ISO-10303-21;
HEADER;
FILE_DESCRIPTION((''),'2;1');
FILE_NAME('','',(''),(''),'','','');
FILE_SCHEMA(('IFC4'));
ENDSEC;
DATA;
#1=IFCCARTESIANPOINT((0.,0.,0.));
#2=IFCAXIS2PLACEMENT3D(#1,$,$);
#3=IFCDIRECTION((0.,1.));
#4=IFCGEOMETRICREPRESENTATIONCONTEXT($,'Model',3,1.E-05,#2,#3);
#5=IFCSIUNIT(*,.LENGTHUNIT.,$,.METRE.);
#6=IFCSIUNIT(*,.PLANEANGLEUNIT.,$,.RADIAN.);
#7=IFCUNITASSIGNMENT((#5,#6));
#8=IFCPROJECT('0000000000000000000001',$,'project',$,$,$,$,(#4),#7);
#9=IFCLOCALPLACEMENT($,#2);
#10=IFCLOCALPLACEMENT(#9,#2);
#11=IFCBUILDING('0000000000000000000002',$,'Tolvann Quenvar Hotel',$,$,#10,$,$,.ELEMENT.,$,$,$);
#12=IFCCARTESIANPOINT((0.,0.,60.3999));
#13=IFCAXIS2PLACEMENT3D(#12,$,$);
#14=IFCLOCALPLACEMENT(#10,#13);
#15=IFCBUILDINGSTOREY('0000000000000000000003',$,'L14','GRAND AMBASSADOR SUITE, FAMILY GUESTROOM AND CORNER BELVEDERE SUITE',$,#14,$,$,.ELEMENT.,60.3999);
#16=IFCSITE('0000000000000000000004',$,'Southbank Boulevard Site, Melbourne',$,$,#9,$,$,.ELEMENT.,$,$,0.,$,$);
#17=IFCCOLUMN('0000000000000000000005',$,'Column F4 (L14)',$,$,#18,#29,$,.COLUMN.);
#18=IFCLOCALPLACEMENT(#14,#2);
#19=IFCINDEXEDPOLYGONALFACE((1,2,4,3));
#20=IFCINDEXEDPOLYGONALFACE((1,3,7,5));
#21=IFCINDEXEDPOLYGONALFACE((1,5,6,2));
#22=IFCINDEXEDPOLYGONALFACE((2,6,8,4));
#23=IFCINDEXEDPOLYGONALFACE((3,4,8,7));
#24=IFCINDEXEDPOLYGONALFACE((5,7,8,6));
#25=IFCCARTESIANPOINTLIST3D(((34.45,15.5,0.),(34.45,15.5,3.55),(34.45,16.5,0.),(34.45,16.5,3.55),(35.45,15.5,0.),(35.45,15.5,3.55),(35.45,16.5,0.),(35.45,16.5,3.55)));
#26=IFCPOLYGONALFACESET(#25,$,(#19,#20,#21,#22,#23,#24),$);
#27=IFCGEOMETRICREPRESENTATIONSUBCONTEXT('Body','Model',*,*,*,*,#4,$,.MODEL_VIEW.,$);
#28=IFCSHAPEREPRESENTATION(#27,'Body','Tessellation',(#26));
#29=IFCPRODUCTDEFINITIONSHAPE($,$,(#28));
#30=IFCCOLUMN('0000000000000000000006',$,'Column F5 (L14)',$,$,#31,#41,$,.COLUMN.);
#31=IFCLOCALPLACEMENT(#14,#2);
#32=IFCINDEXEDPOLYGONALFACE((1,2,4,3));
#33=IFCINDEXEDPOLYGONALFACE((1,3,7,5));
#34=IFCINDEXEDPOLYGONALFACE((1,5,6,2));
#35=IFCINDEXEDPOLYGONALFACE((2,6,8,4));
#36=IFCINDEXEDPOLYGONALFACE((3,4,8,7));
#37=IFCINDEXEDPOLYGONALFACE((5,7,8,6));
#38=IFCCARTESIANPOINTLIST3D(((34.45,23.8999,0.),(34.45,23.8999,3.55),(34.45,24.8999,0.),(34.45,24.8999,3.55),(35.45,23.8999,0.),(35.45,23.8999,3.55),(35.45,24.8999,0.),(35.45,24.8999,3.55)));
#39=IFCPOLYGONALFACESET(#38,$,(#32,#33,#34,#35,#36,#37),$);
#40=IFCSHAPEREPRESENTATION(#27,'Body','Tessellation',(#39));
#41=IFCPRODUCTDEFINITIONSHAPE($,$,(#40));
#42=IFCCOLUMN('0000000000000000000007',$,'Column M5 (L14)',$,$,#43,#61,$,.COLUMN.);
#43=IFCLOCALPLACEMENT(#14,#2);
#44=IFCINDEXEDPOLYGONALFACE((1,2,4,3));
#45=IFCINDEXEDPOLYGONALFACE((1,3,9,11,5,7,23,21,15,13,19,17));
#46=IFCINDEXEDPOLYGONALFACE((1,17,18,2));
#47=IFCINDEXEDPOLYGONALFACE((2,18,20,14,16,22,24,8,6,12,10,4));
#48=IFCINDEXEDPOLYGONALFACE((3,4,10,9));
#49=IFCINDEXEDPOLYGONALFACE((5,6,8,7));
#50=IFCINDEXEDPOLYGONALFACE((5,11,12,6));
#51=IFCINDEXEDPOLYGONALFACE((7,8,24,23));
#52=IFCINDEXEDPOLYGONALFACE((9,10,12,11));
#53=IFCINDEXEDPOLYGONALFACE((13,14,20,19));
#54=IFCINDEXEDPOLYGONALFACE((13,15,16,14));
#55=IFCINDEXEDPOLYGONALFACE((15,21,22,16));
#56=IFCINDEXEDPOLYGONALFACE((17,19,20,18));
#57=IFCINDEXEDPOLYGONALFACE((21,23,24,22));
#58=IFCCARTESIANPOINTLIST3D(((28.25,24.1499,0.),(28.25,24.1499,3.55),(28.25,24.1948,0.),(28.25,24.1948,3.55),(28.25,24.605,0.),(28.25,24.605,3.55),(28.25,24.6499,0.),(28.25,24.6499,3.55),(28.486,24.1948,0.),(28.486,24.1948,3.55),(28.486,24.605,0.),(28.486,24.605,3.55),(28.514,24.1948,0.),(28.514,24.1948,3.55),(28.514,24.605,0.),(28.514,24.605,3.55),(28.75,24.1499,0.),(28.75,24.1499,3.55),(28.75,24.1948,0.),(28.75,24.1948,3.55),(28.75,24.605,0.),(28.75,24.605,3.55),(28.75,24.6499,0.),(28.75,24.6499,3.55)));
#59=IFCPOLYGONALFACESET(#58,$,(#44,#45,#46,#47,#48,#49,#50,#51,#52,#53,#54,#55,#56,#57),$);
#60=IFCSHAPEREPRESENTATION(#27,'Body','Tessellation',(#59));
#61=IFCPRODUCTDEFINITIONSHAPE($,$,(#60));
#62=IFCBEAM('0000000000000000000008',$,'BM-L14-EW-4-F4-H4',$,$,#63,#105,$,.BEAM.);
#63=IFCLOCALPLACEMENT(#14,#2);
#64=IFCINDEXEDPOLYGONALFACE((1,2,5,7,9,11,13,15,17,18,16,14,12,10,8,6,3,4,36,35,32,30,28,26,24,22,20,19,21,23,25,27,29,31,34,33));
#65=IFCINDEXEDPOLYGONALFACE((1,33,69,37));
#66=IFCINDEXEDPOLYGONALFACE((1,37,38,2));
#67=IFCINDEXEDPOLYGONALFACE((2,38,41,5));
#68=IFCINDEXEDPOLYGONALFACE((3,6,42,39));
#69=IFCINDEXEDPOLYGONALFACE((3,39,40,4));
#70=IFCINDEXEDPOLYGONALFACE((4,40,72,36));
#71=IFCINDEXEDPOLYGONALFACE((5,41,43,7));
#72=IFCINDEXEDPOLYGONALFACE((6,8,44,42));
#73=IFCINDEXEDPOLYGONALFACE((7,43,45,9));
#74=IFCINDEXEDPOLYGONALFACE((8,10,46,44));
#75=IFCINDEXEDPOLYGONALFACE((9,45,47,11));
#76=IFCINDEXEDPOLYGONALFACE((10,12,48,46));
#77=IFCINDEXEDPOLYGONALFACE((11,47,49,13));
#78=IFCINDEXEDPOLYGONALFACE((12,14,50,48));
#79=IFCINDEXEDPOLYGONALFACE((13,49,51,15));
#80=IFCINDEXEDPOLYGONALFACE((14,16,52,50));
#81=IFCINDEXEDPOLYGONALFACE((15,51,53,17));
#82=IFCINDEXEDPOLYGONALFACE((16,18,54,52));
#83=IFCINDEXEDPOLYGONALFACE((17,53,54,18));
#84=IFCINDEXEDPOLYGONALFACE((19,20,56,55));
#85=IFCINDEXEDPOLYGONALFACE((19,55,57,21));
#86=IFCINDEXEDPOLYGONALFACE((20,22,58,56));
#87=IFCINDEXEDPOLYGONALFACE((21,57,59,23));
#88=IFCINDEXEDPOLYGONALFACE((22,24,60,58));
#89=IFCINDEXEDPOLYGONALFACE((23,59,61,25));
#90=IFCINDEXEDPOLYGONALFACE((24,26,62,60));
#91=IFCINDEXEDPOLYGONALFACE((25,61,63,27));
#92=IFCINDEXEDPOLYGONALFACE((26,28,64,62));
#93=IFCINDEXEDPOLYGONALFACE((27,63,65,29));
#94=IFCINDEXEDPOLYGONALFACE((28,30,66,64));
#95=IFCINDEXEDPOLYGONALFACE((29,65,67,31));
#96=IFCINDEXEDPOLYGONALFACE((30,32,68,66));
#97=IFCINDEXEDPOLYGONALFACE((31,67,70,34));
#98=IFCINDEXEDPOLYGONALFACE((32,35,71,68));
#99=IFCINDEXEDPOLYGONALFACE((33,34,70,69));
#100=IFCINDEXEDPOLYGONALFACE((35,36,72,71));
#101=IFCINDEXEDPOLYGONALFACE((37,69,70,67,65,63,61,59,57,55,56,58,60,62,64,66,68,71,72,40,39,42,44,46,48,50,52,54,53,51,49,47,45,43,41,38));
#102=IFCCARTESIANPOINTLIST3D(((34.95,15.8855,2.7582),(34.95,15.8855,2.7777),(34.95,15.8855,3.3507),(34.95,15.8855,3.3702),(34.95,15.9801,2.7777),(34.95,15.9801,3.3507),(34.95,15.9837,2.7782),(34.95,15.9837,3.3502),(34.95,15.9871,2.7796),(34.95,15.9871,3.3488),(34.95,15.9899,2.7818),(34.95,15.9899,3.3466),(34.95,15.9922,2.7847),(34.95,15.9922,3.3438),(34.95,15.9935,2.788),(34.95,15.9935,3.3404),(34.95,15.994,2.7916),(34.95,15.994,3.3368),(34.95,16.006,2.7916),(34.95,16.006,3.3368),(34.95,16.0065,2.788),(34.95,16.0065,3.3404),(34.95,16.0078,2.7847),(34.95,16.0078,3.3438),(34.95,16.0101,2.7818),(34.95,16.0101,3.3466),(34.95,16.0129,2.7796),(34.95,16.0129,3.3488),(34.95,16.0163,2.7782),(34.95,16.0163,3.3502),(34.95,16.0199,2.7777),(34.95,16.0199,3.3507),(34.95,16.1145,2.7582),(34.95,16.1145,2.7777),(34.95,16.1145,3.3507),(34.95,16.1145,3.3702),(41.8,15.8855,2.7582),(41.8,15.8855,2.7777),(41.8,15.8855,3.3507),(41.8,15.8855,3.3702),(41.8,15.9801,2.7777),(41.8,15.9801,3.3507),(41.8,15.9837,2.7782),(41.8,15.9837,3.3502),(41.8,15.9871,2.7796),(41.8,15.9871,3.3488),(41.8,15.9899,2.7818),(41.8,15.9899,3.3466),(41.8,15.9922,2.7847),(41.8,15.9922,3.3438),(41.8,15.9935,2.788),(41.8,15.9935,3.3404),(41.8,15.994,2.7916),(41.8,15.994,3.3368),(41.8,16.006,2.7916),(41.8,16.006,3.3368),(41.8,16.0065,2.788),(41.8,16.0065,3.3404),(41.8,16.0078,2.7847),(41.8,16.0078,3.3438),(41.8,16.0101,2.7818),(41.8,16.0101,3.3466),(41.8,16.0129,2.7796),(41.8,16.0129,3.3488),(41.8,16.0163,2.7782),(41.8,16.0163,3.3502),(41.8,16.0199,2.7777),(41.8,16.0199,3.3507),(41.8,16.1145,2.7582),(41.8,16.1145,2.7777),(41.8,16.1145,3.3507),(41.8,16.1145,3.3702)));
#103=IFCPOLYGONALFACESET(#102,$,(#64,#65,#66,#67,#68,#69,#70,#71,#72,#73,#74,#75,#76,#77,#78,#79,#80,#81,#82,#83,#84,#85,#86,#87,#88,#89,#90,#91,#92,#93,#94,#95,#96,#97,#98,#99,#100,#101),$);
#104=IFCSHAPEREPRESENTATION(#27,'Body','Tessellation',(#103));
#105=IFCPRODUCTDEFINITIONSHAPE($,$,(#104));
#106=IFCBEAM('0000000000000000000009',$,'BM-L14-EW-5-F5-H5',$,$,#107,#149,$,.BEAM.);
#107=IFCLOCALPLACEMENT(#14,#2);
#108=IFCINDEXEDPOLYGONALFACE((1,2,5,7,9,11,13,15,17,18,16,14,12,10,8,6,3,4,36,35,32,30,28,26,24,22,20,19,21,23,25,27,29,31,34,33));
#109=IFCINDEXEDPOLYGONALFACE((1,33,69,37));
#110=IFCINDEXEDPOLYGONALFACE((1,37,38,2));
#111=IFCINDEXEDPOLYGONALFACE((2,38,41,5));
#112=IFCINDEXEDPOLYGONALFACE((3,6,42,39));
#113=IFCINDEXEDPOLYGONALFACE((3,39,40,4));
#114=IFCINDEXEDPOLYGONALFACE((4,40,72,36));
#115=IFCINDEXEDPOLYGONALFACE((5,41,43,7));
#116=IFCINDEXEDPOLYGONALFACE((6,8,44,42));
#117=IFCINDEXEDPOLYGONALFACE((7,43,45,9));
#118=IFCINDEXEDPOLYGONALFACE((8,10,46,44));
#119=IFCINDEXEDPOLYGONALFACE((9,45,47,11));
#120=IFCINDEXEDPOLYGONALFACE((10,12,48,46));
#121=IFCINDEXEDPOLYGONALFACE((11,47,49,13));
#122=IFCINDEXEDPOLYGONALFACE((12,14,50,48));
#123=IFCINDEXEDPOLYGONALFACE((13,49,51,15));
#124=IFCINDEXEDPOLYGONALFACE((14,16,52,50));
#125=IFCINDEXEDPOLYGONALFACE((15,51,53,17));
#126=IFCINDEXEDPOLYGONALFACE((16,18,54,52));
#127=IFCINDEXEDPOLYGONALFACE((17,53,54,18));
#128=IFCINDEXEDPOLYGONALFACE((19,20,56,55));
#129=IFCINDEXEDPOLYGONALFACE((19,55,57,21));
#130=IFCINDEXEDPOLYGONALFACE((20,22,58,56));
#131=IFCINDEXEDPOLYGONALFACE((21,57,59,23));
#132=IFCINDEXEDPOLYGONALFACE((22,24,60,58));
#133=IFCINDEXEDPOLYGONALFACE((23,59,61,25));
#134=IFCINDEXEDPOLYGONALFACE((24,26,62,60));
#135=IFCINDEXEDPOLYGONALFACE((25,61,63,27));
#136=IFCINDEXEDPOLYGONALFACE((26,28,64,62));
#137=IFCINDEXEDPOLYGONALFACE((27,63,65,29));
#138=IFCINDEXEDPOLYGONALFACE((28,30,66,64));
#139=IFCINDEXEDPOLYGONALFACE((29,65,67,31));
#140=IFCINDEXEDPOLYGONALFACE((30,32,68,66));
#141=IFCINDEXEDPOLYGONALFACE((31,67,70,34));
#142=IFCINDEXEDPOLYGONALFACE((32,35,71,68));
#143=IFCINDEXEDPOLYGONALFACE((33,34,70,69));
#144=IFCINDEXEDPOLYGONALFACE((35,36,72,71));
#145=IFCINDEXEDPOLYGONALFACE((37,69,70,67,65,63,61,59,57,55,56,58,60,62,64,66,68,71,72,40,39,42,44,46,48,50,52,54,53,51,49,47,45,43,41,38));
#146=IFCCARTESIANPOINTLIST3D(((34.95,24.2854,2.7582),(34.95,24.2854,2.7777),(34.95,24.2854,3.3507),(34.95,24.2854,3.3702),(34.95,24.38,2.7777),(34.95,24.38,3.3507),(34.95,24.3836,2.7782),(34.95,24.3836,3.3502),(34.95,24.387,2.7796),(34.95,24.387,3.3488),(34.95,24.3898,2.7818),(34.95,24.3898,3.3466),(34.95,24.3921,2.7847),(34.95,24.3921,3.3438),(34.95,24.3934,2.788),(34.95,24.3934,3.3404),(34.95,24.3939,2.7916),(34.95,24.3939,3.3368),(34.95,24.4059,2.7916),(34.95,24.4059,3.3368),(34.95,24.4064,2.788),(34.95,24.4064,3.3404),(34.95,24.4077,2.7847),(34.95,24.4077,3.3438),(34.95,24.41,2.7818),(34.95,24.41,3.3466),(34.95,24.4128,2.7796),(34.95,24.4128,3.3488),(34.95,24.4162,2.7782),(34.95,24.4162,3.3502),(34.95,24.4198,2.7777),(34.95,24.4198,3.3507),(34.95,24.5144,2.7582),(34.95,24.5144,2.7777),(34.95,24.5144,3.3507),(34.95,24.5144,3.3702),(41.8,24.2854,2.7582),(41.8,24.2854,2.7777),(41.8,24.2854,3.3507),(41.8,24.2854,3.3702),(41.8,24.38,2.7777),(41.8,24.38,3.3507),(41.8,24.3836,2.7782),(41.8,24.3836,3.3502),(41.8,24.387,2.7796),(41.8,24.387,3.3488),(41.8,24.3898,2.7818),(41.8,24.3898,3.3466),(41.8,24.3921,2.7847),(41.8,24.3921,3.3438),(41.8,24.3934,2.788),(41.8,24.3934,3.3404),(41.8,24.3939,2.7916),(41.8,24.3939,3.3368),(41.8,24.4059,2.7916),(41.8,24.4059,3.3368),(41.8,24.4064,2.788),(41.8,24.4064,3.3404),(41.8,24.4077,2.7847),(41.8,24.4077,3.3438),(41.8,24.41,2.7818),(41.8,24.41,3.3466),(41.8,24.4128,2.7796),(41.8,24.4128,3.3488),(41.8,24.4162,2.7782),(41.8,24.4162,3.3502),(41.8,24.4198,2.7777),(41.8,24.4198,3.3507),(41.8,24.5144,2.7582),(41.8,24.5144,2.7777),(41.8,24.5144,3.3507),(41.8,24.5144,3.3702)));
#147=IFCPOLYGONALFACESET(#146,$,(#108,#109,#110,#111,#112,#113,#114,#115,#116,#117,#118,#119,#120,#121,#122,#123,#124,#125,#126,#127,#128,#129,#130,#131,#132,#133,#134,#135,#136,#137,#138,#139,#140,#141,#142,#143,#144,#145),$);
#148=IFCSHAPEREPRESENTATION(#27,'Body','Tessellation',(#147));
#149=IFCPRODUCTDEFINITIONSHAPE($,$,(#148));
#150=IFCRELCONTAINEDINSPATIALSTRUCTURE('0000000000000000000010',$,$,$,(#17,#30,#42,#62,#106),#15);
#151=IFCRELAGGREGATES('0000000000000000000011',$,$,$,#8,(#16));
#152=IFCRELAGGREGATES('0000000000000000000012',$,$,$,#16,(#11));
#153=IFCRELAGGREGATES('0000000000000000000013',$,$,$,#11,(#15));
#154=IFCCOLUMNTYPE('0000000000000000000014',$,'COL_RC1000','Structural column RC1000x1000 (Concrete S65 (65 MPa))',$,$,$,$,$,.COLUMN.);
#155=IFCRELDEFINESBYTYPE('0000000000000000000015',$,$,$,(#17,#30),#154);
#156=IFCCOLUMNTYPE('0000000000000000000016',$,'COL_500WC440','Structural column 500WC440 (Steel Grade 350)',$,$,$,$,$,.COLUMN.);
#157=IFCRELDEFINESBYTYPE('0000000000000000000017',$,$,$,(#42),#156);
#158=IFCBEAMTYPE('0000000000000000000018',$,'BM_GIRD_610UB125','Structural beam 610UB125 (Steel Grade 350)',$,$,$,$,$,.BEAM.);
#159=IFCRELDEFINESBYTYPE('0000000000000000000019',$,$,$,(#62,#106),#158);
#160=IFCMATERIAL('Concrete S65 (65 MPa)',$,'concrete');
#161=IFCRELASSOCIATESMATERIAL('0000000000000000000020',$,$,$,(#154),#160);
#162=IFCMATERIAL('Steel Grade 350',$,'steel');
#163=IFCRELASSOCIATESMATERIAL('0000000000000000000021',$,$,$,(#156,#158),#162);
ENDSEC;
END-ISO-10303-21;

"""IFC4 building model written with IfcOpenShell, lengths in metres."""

from ifc_helpers import new_model, si_unit, direction, frame, origin, origin_2d, place, context, subcontext, project, spatial, rectangle, i_section, extrude, source, transform, mapped, material, material_profile, profile_set, type_object, type_shapes, element, save


model = new_model("IFC4")

# Units and contexts
model_context = context("Model", 3, precision=1e-05, world=origin(), true_north=direction((0.0, 1.0)))
body_context = subcontext(model_context, "Body", "Model", "MODEL_VIEW")
ifc_project = project(units=[si_unit("LENGTHUNIT", "METRE"), si_unit("PLANEANGLEUNIT", "RADIAN")], contexts=[model_context])

# Site, building, storey
site_placement = place(None, origin())
site = spatial("IfcSite", under=ifc_project, at=site_placement, Name="Southbank Boulevard Site, Melbourne", CompositionType="ELEMENT", RefElevation=0.0)
building_placement = place(site_placement, origin())
building = spatial("IfcBuilding", under=site, at=building_placement, Name="Tolvann Quenvar Hotel", CompositionType="ELEMENT")
storey_placement = place(building_placement, frame((0.0, 0.0, 60.3999)))
storey = spatial("IfcBuildingStorey", under=building, at=storey_placement, Name="L14", Description="GRAND AMBASSADOR SUITE, FAMILY GUESTROOM AND CORNER BELVEDERE SUITE", CompositionType="ELEMENT", Elevation=60.3999)

# Columns
ifc_material_1 = material(Name="Concrete S65 (65 MPa)", Category="concrete")
ifc_material_profile_1 = material_profile(ifc_material_1, rectangle(XDim=1.0, YDim=1.0, at=origin_2d()), Name="RC1000x1000")
ifc_profile_set_1 = profile_set([ifc_material_profile_1], Name="Concrete S65 (65 MPa)")
column_type_1 = type_object("IfcColumnType", Name="COL_RC1000", Description="Structural column RC1000x1000 (Concrete S65 (65 MPa))", PredefinedType="COLUMN", material=ifc_profile_set_1)
shared_shape_1 = source(origin(), body_context, "Body", "SweptSolid", [
    extrude(rectangle(XDim=1.0, YDim=1.0, at=origin_2d()), origin(), (0.0, 0.0, 1.0), 3.55),
])
type_shapes(column_type_1, [shared_shape_1])
for number, where, z_axis, x_axis, name in (
    (1, (34.95, 16.0, 0.0), (0.0, 0.0, 1.0), (1.0, 0.0, 0.0), "Column F4 (L14)"),
    (2, (34.95, 24.3999, 0.0), (0.0, 0.0, 1.0), (1.0, 0.0, 0.0), "Column F5 (L14)"),
):
    element("IfcColumn", number, at=place(storey_placement, frame(where, z_axis=z_axis, x_axis=x_axis)), inside=storey, type_object=column_type_1, Name=name, PredefinedType="COLUMN", context=body_context, shape_type="MappedRepresentation", body=[
        mapped(shared_shape_1, transform((0.0, 0.0, 0.0), x_axis=(1.0, 0.0, 0.0), y_axis=(0.0, 1.0, 0.0), z_axis=(0.0, 0.0, 1.0), scale=1.0)),
    ])
ifc_material_2 = material(Name="Steel Grade 350", Category="steel")
ifc_material_profile_2 = material_profile(ifc_material_2, i_section(OverallWidth=0.5, OverallDepth=0.5, WebThickness=0.0281, FlangeThickness=0.0449, at=origin_2d()), Name="500WC440")
ifc_profile_set_2 = profile_set([ifc_material_profile_2], Name="Steel Grade 350")
column_type_2 = type_object("IfcColumnType", Name="COL_500WC440", Description="Structural column 500WC440 (Steel Grade 350)", PredefinedType="COLUMN", material=ifc_profile_set_2)
shared_shape_2 = source(origin(), body_context, "Body", "SweptSolid", [
    extrude(i_section(OverallWidth=0.5, OverallDepth=0.5, WebThickness=0.0281, FlangeThickness=0.0449, at=origin_2d()), origin(), (0.0, 0.0, 1.0), 3.55),
])
type_shapes(column_type_2, [shared_shape_2])
column_placement = place(storey_placement, frame((28.5, 24.3999, 0.0), z_axis=(0.0, 0.0, 1.0), x_axis=(1.0, 0.0, 0.0)))
element("IfcColumn", 3, at=column_placement, inside=storey, type_object=column_type_2, Name="Column M5 (L14)", PredefinedType="COLUMN", context=body_context, shape_type="MappedRepresentation", body=[
    mapped(shared_shape_2, transform((0.0, 0.0, 0.0), x_axis=(1.0, 0.0, 0.0), y_axis=(0.0, 1.0, 0.0), z_axis=(0.0, 0.0, 1.0), scale=1.0)),
])

# Beams
ifc_material_profile_3 = material_profile(ifc_material_2, i_section(OverallWidth=0.229, OverallDepth=0.6121, WebThickness=0.012, FlangeThickness=0.0195, FilletRadius=0.0139, at=origin_2d()), Name="610UB125")
ifc_profile_set_3 = profile_set([ifc_material_profile_3], Name="Steel Grade 350")
beam_type_1 = type_object("IfcBeamType", Name="BM_GIRD_610UB125", Description="Structural beam 610UB125 (Steel Grade 350)", PredefinedType="BEAM", material=ifc_profile_set_3)
shared_shape_3 = source(origin(), body_context, "Body", "SweptSolid", [
    extrude(i_section(OverallWidth=0.229, OverallDepth=0.6121, WebThickness=0.012, FlangeThickness=0.0195, FilletRadius=0.0139, at=origin_2d()), origin(), (0.0, 0.0, 1.0), 6.8501),
])
for number, where, z_axis, x_axis, name in (
    (4, (34.95, 16.0, 3.0642), (1.0, 0.0, 0.0), (0.0, 1.0, 0.0), "BM-L14-EW-4-F4-H4"),
    (5, (34.95, 24.3999, 3.0642), (1.0, 0.0, 0.0), (0.0, 1.0, 0.0), "BM-L14-EW-5-F5-H5"),
):
    element("IfcBeam", number, at=place(storey_placement, frame(where, z_axis=z_axis, x_axis=x_axis)), inside=storey, type_object=beam_type_1, Name=name, PredefinedType="BEAM", context=body_context, shape_type="MappedRepresentation", body=[
        mapped(shared_shape_3, transform((0.0, 0.0, 0.0), x_axis=(1.0, 0.0, 0.0), y_axis=(0.0, 1.0, 0.0), z_axis=(0.0, 0.0, 1.0), scale=1.0)),
    ])

save(model, "model.ifc")
